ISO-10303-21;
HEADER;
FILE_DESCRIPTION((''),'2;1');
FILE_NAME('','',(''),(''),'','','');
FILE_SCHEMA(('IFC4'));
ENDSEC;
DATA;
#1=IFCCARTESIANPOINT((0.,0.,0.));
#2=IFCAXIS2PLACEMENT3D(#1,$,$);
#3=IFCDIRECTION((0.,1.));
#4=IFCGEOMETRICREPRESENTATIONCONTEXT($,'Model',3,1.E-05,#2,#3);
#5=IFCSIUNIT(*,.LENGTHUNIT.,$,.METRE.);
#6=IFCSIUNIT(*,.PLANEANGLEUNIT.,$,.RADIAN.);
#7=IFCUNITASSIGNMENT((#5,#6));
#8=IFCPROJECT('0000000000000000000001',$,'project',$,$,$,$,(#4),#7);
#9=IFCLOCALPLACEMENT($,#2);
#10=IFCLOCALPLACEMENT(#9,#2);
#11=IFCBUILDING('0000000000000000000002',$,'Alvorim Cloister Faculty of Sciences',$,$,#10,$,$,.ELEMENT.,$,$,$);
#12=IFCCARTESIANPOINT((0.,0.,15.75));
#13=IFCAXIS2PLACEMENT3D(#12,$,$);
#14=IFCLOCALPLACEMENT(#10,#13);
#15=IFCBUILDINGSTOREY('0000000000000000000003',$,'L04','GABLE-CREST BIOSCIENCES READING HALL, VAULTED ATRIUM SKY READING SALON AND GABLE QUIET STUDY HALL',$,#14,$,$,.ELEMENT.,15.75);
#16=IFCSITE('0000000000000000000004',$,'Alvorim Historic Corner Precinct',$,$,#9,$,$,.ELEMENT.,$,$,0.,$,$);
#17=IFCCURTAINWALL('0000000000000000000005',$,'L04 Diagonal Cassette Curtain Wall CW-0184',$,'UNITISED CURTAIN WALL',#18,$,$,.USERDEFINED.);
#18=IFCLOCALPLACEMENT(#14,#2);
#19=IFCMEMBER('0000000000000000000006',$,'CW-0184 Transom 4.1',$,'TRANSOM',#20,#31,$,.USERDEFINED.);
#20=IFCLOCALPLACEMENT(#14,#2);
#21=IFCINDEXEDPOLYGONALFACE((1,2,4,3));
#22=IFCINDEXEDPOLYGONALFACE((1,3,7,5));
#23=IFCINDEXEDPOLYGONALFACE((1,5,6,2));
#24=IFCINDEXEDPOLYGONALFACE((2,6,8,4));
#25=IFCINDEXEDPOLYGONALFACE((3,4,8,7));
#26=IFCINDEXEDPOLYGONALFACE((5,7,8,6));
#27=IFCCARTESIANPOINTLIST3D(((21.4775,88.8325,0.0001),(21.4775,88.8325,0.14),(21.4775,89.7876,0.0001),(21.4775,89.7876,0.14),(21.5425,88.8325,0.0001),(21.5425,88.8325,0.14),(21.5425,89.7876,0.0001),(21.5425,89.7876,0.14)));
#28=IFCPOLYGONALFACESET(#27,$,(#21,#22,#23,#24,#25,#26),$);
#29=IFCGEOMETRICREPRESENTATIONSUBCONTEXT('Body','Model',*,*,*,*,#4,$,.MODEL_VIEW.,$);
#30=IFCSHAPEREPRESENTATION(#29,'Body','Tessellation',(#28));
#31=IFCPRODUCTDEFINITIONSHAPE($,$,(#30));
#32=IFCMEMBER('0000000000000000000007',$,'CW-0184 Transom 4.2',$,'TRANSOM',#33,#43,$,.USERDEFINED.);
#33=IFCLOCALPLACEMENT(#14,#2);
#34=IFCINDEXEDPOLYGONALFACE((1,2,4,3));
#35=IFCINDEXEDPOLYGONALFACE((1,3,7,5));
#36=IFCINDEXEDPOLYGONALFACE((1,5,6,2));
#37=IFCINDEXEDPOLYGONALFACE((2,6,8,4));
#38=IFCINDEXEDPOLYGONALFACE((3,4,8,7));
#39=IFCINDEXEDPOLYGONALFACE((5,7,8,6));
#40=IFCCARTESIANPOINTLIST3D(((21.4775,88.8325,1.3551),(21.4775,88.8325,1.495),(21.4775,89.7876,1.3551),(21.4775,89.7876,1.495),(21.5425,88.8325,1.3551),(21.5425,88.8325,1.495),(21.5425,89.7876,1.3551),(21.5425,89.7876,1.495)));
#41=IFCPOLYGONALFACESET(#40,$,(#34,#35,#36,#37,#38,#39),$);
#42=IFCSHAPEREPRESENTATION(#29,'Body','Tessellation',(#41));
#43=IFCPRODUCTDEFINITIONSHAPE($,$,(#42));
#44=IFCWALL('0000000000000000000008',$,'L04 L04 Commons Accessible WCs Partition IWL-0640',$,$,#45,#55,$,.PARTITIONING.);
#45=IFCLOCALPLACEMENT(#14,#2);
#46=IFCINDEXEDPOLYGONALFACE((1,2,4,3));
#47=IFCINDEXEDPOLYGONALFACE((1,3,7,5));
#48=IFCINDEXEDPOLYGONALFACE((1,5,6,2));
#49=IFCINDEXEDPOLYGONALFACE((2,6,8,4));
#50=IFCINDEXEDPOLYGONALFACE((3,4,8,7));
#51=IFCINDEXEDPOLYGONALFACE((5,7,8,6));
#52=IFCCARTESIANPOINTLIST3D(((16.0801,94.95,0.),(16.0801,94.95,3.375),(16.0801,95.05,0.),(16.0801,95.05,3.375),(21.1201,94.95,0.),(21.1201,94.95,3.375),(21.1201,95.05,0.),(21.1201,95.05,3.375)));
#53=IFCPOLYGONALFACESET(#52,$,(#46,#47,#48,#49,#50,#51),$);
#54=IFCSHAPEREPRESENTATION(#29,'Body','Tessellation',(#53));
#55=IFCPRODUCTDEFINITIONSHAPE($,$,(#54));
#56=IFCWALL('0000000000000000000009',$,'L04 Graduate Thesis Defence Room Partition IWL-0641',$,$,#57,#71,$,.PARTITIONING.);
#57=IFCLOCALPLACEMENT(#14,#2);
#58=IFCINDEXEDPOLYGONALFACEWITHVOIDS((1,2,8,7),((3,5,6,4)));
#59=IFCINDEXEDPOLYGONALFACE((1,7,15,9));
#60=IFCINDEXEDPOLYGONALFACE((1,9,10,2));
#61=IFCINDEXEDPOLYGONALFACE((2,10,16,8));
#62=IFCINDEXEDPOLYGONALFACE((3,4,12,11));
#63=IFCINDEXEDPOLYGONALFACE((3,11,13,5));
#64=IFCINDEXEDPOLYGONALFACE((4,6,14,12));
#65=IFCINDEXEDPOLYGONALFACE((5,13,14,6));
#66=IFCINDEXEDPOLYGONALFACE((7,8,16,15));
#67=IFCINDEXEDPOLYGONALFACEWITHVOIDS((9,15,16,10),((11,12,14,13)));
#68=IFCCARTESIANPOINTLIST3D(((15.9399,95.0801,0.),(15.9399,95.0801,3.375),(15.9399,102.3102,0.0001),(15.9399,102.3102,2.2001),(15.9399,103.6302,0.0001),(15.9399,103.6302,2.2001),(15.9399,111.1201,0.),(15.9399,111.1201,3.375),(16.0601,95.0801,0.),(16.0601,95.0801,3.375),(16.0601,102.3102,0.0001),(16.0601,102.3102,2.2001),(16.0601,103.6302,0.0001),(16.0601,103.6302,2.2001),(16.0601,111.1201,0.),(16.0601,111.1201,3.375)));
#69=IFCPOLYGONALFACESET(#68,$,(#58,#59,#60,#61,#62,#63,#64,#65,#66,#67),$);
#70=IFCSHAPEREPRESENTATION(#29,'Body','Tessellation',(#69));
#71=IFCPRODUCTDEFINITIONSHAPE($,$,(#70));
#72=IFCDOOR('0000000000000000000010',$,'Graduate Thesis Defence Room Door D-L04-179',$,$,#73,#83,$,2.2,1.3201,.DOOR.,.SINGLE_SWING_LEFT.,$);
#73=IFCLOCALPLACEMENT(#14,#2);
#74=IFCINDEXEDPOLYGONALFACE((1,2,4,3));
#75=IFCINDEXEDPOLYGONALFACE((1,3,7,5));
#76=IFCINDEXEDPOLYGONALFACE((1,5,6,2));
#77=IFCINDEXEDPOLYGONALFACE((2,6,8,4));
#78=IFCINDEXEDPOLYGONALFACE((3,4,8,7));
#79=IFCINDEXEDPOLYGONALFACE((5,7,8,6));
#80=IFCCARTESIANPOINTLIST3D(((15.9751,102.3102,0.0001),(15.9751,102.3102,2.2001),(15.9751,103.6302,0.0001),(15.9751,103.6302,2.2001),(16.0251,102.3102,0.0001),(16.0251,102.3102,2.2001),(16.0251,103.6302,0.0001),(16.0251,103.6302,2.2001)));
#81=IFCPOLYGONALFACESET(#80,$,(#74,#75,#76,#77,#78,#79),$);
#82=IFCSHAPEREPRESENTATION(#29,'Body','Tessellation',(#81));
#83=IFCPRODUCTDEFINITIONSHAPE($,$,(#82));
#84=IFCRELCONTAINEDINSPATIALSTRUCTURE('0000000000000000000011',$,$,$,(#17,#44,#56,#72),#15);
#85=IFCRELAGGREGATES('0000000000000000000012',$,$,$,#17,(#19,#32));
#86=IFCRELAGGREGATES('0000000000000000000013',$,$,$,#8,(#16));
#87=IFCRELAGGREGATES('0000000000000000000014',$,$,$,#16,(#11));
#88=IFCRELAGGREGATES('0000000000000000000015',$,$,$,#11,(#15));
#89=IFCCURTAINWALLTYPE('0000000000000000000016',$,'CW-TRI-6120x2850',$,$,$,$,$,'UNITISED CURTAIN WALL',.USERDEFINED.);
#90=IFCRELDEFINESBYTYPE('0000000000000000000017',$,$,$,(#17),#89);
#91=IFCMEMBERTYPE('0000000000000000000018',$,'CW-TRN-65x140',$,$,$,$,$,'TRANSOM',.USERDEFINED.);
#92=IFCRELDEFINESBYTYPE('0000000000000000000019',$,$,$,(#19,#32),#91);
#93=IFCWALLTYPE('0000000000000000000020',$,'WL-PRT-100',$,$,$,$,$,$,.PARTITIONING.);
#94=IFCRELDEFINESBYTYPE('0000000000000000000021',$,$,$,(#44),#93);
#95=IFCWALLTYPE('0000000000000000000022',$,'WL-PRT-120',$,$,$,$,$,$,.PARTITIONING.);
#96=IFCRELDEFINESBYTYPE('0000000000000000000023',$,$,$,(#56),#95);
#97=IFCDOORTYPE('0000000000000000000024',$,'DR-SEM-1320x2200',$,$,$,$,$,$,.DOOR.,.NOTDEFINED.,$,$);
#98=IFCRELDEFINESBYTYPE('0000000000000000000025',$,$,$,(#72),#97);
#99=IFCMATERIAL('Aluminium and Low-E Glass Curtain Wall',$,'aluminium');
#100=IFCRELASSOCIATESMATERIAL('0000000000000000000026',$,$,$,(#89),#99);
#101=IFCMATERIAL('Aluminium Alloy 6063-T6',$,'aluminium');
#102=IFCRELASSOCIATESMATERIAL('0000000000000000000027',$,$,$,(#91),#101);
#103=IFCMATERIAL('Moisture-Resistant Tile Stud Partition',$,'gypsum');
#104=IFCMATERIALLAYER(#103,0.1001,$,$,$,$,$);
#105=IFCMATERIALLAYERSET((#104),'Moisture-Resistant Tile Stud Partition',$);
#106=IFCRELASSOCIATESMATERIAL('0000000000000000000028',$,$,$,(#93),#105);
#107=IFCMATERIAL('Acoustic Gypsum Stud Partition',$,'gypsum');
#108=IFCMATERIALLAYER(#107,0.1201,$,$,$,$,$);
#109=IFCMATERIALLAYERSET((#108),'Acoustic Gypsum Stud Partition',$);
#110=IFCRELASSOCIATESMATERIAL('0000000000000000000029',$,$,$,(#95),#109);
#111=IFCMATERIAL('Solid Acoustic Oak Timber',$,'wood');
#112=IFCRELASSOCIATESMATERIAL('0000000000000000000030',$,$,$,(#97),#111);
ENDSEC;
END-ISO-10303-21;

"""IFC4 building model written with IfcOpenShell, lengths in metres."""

from ifc_helpers import new_model, si_unit, direction, frame, frame_2d, origin, origin_2d, place, context, subcontext, project, spatial, rectangle, extrude, material, layer, layer_set, material_profile, profile_set, type_object, element, fill, aggregate, save


model = new_model("IFC4")

# Units and contexts
model_context = context("Model", 3, precision=1e-05, world=origin(), true_north=direction((0.0, 1.0)))
body_context = subcontext(model_context, "Body", "Model", "MODEL_VIEW")
ifc_project = project(units=[si_unit("LENGTHUNIT", "METRE"), si_unit("PLANEANGLEUNIT", "RADIAN")], contexts=[model_context])

# Site, building, storey
site_placement = place(None, origin())
site = spatial("IfcSite", under=ifc_project, at=site_placement, Name="Alvorim Historic Corner Precinct", CompositionType="ELEMENT", RefElevation=0.0)
building_placement = place(site_placement, origin())
building = spatial("IfcBuilding", under=site, at=building_placement, Name="Alvorim Cloister Faculty of Sciences", CompositionType="ELEMENT")
storey_placement = place(building_placement, frame((0.0, 0.0, 15.75)))
storey = spatial("IfcBuildingStorey", under=building, at=storey_placement, Name="L04", Description="GABLE-CREST BIOSCIENCES READING HALL, VAULTED ATRIUM SKY READING SALON AND GABLE QUIET STUDY HALL", CompositionType="ELEMENT", Elevation=15.75)

# Curtain wall, members
ifc_material_1 = material(Name="Aluminium and Low-E Glass Curtain Wall", Category="aluminium")
curtain_wall_type = type_object("IfcCurtainWallType", Name="CW-TRI-6120x2850", ElementType="UNITISED CURTAIN WALL", PredefinedType="USERDEFINED", material=ifc_material_1)
curtain_wall_placement = place(storey_placement, origin())
curtain_wall = element("IfcCurtainWall", 1, at=curtain_wall_placement, inside=storey, type_object=curtain_wall_type, Name="L04 Diagonal Cassette Curtain Wall CW-0184", ObjectType="UNITISED CURTAIN WALL", PredefinedType="USERDEFINED")
ifc_material_2 = material(Name="Aluminium Alloy 6063-T6", Category="aluminium")
ifc_material_profile_1 = material_profile(ifc_material_2, rectangle(XDim=0.0649, YDim=0.1399, at=origin_2d()), Name="ALU-TRN-65x140")
ifc_profile_set_1 = profile_set([ifc_material_profile_1], Name="Aluminium Alloy 6063-T6")
member_type_1 = type_object("IfcMemberType", Name="CW-TRN-65x140", ElementType="TRANSOM", PredefinedType="USERDEFINED", material=ifc_profile_set_1)
member_1_placement = place(storey_placement, frame((21.51, 88.8325, 0.0701), z_axis=(0.0, 1.0, 0.0), x_axis=(-1.0, 0.0, 0.0)))
member_1 = element("IfcMember", 2, at=member_1_placement, type_object=member_type_1, Name="CW-0184 Transom 4.1", ObjectType="TRANSOM", PredefinedType="USERDEFINED", context=body_context, shape_type="SweptSolid", body=[
    extrude(rectangle(XDim=0.0649, YDim=0.1399, at=origin_2d()), origin(), (0.0, 0.0, 1.0), 0.9551),
])
member_2_placement = place(storey_placement, frame((21.51, 88.8325, 1.425), z_axis=(0.0, 1.0, 0.0), x_axis=(-1.0, 0.0, 0.0)))
member_2 = element("IfcMember", 3, at=member_2_placement, type_object=member_type_1, Name="CW-0184 Transom 4.2", ObjectType="TRANSOM", PredefinedType="USERDEFINED", context=body_context, shape_type="SweptSolid", body=[
    extrude(rectangle(XDim=0.0649, YDim=0.1399, at=origin_2d()), origin(), (0.0, 0.0, 1.0), 0.9551),
])
aggregate(curtain_wall, [member_1, member_2])

# Wall
ifc_material_3 = material(Name="Moisture-Resistant Tile Stud Partition", Category="gypsum")
ifc_layer_1 = layer(ifc_material_3, 0.1001)
ifc_layer_set_1 = layer_set([ifc_layer_1], Name="Moisture-Resistant Tile Stud Partition")
wall_type_1 = type_object("IfcWallType", Name="WL-PRT-100", PredefinedType="PARTITIONING", material=ifc_layer_set_1)
wall_1_placement = place(storey_placement, frame((16.0801, 95.0, 0.0), z_axis=(0.0, 0.0, 1.0), x_axis=(1.0, 0.0, 0.0)))
element("IfcWall", 4, at=wall_1_placement, inside=storey, type_object=wall_type_1, Name="L04 L04 Commons Accessible WCs Partition IWL-0640", PredefinedType="PARTITIONING", context=body_context, shape_type="SweptSolid", body=[
    extrude(rectangle(XDim=5.04, YDim=0.1001, at=frame_2d((2.52, 0.0))), origin(), (0.0, 0.0, 1.0), 3.375),
])

# Wall, opening, door
ifc_material_4 = material(Name="Acoustic Gypsum Stud Partition", Category="gypsum")
ifc_layer_2 = layer(ifc_material_4, 0.1201)
ifc_layer_set_2 = layer_set([ifc_layer_2], Name="Acoustic Gypsum Stud Partition")
wall_type_2 = type_object("IfcWallType", Name="WL-PRT-120", PredefinedType="PARTITIONING", material=ifc_layer_set_2)
wall_2_placement = place(storey_placement, frame((16.0, 95.0801, 0.0), z_axis=(0.0, 0.0, 1.0), x_axis=(0.0, 1.0, 0.0)))
wall_2 = element("IfcWall", 5, at=wall_2_placement, inside=storey, type_object=wall_type_2, Name="L04 Graduate Thesis Defence Room Partition IWL-0641", PredefinedType="PARTITIONING", context=body_context, shape_type="SweptSolid", body=[
    extrude(rectangle(XDim=16.04, YDim=0.1201, at=frame_2d((8.02, 0.0))), origin(), (0.0, 0.0, 1.0), 3.375),
])
opening_placement = place(wall_2_placement, frame((7.23, 0.0, 0.0)))
opening = element("IfcOpeningElement", 6, at=opening_placement, cuts=wall_2, PredefinedType="OPENING", context=body_context, shape_type="SweptSolid", body=[
    extrude(rectangle(XDim=1.3201, YDim=2.2, at=frame_2d((0.6602, 1.1001))), frame((0.0, 0.072, 0.0), z_axis=(0.0, -1.0, 0.0), x_axis=(1.0, 0.0, 0.0)), (0.0, 0.0, 1.0), 0.144),
])
ifc_material_5 = material(Name="Solid Acoustic Oak Timber", Category="wood")
door_type = type_object("IfcDoorType", Name="DR-SEM-1320x2200", OperationType="NOTDEFINED", PredefinedType="DOOR", material=ifc_material_5)
door_placement = place(opening_placement, origin())
door = element("IfcDoor", 7, at=door_placement, inside=storey, type_object=door_type, Name="Graduate Thesis Defence Room Door D-L04-179", OperationType="SINGLE_SWING_LEFT", OverallHeight=2.2, OverallWidth=1.3201, PredefinedType="DOOR", context=body_context, shape_type="SweptSolid", body=[
    extrude(rectangle(XDim=1.3201, YDim=2.2, at=frame_2d((0.6602, 1.1001))), frame((0.0, 0.0249, 0.0), z_axis=(0.0, -1.0, 0.0), x_axis=(1.0, 0.0, 0.0)), (0.0, 0.0, 1.0), 0.05),
])
fill(opening, door)

save(model, "model.ifc")
